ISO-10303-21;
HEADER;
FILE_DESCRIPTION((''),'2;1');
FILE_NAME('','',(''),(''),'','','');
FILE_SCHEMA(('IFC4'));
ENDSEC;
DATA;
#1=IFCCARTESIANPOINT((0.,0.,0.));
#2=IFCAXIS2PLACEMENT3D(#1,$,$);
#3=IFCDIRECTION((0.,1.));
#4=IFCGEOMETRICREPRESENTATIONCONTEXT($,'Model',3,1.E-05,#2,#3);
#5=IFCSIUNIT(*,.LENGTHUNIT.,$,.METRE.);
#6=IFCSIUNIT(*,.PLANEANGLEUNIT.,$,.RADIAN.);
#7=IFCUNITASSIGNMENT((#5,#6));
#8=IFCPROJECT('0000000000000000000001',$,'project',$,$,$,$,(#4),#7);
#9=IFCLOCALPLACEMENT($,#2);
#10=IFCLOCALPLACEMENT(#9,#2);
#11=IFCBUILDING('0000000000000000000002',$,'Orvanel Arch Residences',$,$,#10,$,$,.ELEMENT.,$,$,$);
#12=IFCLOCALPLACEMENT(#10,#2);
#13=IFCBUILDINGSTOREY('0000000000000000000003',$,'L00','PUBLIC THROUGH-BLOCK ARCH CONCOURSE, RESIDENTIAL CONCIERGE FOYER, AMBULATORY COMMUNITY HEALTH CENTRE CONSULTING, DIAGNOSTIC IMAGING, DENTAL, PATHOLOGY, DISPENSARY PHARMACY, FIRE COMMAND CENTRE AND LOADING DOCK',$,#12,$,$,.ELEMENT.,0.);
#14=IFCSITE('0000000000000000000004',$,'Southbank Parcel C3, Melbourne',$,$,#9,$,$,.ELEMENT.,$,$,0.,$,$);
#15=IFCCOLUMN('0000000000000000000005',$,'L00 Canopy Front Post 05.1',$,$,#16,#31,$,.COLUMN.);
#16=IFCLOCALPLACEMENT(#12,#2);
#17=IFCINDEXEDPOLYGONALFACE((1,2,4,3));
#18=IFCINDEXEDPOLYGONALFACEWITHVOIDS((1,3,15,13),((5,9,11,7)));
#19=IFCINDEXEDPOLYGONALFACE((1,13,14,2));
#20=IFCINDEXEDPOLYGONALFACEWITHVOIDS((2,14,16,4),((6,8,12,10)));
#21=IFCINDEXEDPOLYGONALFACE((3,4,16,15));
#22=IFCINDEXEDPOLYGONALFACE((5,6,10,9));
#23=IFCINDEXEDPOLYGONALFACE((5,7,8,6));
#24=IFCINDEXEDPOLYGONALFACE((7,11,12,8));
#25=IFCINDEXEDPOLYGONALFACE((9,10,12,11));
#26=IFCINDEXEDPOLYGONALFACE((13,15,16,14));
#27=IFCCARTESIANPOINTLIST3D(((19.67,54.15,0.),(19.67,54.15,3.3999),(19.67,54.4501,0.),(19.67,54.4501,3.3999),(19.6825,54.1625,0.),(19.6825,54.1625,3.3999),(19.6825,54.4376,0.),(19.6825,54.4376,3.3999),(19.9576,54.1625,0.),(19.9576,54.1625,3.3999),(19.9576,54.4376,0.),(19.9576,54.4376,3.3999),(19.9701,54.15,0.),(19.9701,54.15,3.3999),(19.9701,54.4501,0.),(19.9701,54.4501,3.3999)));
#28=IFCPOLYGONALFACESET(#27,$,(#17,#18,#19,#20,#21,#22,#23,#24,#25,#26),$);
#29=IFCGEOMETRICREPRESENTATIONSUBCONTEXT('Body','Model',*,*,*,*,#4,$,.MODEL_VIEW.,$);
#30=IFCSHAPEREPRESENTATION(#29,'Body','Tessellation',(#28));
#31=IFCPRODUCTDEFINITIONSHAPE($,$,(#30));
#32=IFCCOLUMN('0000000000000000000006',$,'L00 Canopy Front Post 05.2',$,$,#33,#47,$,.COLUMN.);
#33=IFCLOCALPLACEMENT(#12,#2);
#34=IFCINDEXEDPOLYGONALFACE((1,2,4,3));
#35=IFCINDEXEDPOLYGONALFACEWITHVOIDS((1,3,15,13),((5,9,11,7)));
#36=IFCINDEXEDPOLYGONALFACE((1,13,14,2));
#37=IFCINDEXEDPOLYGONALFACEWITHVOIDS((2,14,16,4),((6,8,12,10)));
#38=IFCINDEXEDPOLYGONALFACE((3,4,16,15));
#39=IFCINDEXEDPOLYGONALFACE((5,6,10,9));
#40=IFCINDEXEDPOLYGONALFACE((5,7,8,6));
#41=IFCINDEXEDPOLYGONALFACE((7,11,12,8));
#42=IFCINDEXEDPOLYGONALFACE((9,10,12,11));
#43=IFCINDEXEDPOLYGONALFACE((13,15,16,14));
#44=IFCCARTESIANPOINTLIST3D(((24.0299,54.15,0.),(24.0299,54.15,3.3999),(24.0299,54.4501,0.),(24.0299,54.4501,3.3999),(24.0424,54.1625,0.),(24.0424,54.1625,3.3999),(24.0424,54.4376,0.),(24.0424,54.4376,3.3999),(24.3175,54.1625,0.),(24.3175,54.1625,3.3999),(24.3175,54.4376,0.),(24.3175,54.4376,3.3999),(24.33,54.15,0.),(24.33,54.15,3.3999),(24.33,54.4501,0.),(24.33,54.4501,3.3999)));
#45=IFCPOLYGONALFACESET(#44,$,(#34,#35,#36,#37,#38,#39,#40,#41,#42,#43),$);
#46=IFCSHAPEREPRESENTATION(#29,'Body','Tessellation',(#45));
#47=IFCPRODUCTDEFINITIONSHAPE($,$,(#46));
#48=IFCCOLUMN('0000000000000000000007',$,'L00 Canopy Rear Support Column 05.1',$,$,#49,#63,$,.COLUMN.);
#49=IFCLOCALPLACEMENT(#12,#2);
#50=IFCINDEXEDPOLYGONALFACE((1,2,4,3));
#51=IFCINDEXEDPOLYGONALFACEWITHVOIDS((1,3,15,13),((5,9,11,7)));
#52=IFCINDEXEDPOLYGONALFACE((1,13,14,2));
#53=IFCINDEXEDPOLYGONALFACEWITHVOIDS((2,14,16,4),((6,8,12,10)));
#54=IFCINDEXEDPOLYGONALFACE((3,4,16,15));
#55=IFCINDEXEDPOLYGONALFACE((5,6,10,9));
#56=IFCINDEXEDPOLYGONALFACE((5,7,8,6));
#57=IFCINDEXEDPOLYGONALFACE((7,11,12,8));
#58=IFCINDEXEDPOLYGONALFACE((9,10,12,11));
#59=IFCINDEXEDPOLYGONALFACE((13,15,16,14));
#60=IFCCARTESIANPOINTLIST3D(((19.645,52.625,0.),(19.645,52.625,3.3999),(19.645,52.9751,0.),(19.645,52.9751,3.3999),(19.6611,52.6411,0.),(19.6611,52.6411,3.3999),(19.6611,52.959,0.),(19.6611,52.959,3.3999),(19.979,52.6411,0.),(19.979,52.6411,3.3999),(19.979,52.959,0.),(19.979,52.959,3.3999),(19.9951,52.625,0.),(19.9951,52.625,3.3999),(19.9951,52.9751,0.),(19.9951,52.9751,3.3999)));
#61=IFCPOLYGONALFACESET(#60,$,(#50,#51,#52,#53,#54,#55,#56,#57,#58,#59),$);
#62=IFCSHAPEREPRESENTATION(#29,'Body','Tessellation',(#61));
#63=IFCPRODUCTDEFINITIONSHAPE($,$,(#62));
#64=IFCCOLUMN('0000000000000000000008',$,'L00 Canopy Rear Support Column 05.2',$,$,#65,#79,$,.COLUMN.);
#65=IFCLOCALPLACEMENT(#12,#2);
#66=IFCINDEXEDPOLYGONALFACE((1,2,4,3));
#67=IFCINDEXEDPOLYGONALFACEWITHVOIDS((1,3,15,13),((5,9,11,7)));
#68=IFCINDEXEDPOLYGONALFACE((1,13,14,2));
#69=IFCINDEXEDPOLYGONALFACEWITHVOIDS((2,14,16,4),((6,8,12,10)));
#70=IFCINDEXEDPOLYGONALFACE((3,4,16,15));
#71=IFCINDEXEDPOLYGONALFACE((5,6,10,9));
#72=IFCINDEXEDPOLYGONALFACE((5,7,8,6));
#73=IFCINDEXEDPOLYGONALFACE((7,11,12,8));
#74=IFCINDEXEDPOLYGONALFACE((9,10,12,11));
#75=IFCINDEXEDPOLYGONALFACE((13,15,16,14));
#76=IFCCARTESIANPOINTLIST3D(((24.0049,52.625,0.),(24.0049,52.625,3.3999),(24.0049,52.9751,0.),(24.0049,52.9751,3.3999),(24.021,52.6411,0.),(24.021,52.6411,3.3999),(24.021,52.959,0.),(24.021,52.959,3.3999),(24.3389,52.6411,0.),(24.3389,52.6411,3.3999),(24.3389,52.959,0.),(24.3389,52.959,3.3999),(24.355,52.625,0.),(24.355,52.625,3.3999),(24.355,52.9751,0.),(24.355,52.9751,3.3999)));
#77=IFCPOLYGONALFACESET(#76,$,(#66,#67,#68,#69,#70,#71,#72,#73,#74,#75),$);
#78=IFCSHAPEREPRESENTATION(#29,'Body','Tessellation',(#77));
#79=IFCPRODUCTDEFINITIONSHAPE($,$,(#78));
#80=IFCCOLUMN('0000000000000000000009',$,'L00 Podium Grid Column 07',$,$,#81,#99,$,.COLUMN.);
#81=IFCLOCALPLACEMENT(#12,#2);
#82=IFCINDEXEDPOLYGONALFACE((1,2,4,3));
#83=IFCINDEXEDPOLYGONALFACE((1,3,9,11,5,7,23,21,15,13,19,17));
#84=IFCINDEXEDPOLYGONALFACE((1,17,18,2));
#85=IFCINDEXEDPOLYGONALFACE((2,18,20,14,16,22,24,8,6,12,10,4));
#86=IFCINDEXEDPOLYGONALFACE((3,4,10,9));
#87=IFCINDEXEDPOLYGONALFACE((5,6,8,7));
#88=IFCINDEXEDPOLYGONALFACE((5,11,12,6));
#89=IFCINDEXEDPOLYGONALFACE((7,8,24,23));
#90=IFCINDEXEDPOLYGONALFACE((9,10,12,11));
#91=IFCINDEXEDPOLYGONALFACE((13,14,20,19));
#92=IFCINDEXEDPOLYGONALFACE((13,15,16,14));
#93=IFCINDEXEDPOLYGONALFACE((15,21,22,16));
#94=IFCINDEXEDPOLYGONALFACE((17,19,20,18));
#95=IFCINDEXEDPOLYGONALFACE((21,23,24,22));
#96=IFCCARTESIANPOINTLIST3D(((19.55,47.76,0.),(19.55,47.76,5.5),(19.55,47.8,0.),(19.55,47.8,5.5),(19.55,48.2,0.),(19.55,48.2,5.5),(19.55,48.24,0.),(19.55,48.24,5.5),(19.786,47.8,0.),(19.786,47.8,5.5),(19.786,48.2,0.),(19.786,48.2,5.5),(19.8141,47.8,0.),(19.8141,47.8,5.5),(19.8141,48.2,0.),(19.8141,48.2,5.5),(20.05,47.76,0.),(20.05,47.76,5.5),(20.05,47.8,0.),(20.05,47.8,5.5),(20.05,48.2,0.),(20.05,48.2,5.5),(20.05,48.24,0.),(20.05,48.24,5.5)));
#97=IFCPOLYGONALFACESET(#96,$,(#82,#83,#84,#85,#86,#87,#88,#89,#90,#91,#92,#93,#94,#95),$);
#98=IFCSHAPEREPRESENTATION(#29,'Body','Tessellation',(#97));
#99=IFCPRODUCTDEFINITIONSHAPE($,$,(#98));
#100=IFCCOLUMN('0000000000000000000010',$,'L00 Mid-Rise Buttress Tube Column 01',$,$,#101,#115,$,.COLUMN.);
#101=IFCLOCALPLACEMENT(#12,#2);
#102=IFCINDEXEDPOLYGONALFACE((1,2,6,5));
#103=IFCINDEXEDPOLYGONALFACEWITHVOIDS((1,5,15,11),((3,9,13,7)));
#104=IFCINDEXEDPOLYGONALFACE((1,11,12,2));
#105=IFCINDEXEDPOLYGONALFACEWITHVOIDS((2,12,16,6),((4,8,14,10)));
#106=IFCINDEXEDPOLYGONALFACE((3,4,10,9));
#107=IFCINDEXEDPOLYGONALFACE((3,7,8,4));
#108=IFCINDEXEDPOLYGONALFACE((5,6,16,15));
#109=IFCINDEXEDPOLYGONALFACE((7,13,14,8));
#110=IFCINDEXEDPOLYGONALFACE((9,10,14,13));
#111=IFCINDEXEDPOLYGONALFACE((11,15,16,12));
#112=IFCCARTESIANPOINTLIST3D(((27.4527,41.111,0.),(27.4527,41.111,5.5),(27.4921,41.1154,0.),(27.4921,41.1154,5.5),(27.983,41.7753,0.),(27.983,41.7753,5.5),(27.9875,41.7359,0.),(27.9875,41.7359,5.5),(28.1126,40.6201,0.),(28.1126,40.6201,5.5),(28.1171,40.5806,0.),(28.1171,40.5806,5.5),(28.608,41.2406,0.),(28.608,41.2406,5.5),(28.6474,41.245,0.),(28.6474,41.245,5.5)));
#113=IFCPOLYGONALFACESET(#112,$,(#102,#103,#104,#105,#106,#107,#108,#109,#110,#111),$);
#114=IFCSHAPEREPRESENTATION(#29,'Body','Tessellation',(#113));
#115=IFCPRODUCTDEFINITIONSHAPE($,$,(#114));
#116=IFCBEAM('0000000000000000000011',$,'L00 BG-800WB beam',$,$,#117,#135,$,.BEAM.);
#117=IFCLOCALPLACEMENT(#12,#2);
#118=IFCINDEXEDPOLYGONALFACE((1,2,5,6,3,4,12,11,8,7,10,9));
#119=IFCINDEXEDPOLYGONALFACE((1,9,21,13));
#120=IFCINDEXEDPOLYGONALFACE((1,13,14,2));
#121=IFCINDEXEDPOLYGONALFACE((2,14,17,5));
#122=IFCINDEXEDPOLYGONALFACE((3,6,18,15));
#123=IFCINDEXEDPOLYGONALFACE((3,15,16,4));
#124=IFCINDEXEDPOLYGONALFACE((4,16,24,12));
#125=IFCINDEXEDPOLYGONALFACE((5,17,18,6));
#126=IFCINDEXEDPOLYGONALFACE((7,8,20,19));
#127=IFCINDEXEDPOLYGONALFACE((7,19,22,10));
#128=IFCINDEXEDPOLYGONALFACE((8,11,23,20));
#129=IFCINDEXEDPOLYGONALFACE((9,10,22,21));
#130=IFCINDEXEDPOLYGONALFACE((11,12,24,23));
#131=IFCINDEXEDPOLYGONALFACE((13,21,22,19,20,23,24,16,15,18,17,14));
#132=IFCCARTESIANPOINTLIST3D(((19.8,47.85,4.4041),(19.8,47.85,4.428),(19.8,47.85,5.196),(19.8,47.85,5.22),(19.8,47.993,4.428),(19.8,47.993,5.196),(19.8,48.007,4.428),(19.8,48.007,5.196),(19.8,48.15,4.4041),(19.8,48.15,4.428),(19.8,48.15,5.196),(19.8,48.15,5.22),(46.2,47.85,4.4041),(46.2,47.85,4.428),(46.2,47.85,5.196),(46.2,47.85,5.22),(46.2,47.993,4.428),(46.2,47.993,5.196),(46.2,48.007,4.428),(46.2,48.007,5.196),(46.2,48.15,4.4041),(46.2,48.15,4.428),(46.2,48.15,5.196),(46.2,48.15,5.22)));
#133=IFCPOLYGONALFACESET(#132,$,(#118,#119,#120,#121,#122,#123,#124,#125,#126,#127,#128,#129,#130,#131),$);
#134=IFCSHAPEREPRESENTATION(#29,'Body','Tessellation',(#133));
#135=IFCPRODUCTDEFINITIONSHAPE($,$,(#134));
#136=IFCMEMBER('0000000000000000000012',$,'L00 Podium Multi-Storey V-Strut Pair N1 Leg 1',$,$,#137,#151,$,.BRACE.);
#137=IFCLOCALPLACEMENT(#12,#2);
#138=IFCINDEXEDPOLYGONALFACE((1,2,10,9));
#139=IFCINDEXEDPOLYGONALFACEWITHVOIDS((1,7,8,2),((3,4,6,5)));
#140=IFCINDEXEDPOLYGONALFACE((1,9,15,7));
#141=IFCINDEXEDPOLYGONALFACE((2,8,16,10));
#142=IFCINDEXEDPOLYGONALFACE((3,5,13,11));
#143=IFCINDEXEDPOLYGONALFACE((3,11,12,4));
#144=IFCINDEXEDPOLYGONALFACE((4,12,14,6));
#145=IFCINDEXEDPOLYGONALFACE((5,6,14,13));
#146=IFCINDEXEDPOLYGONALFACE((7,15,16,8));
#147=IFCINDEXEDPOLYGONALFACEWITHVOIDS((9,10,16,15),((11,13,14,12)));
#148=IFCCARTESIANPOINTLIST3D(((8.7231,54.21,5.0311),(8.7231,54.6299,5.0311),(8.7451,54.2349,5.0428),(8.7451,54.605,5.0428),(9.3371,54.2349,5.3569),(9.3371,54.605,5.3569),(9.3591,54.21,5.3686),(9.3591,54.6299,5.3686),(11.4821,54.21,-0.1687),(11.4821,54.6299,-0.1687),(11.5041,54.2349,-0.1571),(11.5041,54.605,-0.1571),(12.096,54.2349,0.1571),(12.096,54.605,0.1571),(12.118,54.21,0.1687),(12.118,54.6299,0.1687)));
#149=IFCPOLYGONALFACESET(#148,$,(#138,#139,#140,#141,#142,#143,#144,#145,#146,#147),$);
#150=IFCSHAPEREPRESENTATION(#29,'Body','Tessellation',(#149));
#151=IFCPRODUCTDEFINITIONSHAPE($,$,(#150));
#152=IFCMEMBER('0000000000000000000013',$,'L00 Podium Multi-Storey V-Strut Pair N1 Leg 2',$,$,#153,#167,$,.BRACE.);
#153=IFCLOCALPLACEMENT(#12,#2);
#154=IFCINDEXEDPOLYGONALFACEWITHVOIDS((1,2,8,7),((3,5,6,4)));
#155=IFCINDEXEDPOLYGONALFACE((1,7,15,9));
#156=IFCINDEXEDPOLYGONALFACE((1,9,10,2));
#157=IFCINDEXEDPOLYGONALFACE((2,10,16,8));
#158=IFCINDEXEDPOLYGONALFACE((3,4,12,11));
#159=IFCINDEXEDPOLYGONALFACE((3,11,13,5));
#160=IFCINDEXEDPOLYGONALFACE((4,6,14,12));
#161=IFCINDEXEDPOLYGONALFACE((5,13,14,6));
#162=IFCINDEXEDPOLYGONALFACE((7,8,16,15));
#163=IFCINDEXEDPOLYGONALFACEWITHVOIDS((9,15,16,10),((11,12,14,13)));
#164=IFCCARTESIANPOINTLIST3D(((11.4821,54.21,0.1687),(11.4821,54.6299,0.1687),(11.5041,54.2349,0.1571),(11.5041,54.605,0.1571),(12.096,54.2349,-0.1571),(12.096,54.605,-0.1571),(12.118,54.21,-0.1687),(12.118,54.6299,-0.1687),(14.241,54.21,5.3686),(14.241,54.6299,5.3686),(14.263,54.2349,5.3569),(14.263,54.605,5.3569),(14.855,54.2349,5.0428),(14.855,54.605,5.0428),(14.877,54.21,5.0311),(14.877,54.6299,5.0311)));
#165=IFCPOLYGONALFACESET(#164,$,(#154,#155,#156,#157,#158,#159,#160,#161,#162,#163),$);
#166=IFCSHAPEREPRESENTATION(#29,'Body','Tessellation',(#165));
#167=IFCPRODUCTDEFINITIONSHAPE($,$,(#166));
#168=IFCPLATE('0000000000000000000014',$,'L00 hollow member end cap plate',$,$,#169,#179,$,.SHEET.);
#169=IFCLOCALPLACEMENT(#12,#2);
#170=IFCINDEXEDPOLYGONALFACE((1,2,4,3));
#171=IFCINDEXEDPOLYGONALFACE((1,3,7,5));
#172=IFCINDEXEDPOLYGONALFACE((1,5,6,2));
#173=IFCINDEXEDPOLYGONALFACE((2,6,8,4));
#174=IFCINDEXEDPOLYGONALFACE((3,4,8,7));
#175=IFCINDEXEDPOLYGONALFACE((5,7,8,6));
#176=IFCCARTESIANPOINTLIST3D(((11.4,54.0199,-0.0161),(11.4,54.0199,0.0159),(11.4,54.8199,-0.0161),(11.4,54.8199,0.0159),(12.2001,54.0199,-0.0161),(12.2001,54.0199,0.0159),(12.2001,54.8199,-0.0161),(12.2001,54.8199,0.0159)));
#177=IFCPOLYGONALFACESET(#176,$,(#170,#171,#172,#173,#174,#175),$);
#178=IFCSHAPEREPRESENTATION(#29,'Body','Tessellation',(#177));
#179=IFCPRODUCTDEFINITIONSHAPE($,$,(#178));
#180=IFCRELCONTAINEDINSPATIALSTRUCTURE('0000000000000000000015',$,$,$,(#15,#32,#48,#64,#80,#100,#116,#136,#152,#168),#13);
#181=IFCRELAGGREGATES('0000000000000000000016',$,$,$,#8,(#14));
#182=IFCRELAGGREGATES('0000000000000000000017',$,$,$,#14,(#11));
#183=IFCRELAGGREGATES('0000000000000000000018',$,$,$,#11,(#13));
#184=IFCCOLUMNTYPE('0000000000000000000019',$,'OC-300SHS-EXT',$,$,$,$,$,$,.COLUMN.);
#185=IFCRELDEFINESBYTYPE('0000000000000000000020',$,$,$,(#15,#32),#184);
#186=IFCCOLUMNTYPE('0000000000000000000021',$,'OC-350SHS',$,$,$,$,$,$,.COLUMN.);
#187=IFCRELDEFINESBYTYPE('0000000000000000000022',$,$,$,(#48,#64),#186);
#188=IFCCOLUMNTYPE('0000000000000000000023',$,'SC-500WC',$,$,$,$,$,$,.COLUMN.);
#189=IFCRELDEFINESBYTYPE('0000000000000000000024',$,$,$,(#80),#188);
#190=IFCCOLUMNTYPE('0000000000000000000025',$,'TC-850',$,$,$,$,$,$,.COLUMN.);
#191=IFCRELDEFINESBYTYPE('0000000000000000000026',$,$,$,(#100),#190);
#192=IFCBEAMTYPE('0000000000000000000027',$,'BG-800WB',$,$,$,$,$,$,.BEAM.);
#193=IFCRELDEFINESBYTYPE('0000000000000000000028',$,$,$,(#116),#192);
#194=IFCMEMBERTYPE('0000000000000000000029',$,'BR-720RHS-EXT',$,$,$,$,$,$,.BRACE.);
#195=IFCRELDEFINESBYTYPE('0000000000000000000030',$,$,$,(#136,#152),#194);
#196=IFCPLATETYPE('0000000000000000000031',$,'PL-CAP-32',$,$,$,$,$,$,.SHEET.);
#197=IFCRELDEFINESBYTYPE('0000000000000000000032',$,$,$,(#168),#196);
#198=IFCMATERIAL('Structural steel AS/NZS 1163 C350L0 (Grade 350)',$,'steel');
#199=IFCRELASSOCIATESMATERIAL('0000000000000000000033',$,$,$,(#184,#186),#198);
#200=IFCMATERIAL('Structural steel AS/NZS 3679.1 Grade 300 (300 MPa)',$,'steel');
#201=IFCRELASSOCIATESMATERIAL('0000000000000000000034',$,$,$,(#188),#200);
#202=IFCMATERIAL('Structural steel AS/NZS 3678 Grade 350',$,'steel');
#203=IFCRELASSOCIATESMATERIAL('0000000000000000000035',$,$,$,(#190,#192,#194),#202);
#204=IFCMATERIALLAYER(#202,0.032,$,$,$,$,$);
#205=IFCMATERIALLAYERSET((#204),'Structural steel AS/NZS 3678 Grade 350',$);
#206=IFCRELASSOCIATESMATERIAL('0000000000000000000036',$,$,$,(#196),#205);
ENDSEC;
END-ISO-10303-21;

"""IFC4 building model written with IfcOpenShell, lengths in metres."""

from ifc_helpers import new_model, si_unit, direction, frame, origin, origin_2d, place, context, subcontext, project, spatial, rectangle, hollow_rectangle, i_section, extrude, material, layer, layer_set, material_profile, profile_set, type_object, element, save


model = new_model("IFC4")

# Units and contexts
model_context = context("Model", 3, precision=1e-05, world=origin(), true_north=direction((0.0, 1.0)))
body_context = subcontext(model_context, "Body", "Model", "MODEL_VIEW")
ifc_project = project(units=[si_unit("LENGTHUNIT", "METRE"), si_unit("PLANEANGLEUNIT", "RADIAN")], contexts=[model_context])

# Site, building, storey
site_placement = place(None, origin())
site = spatial("IfcSite", under=ifc_project, at=site_placement, Name="Southbank Parcel C3, Melbourne", CompositionType="ELEMENT", RefElevation=0.0)
building_placement = place(site_placement, origin())
building = spatial("IfcBuilding", under=site, at=building_placement, Name="Orvanel Arch Residences", CompositionType="ELEMENT")
storey_placement = place(building_placement, origin())
storey = spatial("IfcBuildingStorey", under=building, at=storey_placement, Name="L00", Description="PUBLIC THROUGH-BLOCK ARCH CONCOURSE, RESIDENTIAL CONCIERGE FOYER, AMBULATORY COMMUNITY HEALTH CENTRE CONSULTING, DIAGNOSTIC IMAGING, DENTAL, PATHOLOGY, DISPENSARY PHARMACY, FIRE COMMAND CENTRE AND LOADING DOCK", CompositionType="ELEMENT", Elevation=0.0)

# Columns
ifc_material_1 = material(Name="Structural steel AS/NZS 1163 C350L0 (Grade 350)", Category="steel")
ifc_material_profile_1 = material_profile(ifc_material_1, hollow_rectangle(XDim=0.3, YDim=0.3, WallThickness=0.0125, at=origin_2d()), Name="SHS300x300x12.5")
ifc_profile_set_1 = profile_set([ifc_material_profile_1], Name="Structural steel AS/NZS 1163 C350L0 (Grade 350)")
column_type_1 = type_object("IfcColumnType", Name="OC-300SHS-EXT", PredefinedType="COLUMN", material=ifc_profile_set_1)
for number, where, z_axis, x_axis, name in (
    (1, (19.8201, 54.3, 0.0), (0.0, 0.0, 1.0), (1.0, 0.0, 0.0), "L00 Canopy Front Post 05.1"),
    (2, (24.1799, 54.3, 0.0), (0.0, 0.0, 1.0), (1.0, 0.0, 0.0), "L00 Canopy Front Post 05.2"),
):
    element("IfcColumn", number, at=place(storey_placement, frame(where, z_axis=z_axis, x_axis=x_axis)), inside=storey, type_object=column_type_1, Name=name, PredefinedType="COLUMN", context=body_context, shape_type="SweptSolid", body=[
        extrude(hollow_rectangle(XDim=0.3, YDim=0.3, WallThickness=0.0125, at=origin_2d()), origin(), (0.0, 0.0, 1.0), 3.3999),
    ])
ifc_material_profile_2 = material_profile(ifc_material_1, hollow_rectangle(XDim=0.3501, YDim=0.3501, WallThickness=0.0161, at=origin_2d()), Name="SHS350x350x16")
ifc_profile_set_2 = profile_set([ifc_material_profile_2], Name="Structural steel AS/NZS 1163 C350L0 (Grade 350)")
column_type_2 = type_object("IfcColumnType", Name="OC-350SHS", PredefinedType="COLUMN", material=ifc_profile_set_2)
for number, where, z_axis, x_axis, name in (
    (3, (19.8201, 52.8, 0.0), (0.0, 0.0, 1.0), (1.0, 0.0, 0.0), "L00 Canopy Rear Support Column 05.1"),
    (4, (24.1799, 52.8, 0.0), (0.0, 0.0, 1.0), (1.0, 0.0, 0.0), "L00 Canopy Rear Support Column 05.2"),
):
    element("IfcColumn", number, at=place(storey_placement, frame(where, z_axis=z_axis, x_axis=x_axis)), inside=storey, type_object=column_type_2, Name=name, PredefinedType="COLUMN", context=body_context, shape_type="SweptSolid", body=[
        extrude(hollow_rectangle(XDim=0.3501, YDim=0.3501, WallThickness=0.0161, at=origin_2d()), origin(), (0.0, 0.0, 1.0), 3.3999),
    ])
ifc_material_2 = material(Name="Structural steel AS/NZS 3679.1 Grade 300 (300 MPa)", Category="steel")
ifc_material_profile_3 = material_profile(ifc_material_2, i_section(OverallWidth=0.5, OverallDepth=0.48, WebThickness=0.0281, FlangeThickness=0.04, at=origin_2d()), Name="500WC440")
ifc_profile_set_3 = profile_set([ifc_material_profile_3], Name="Structural steel AS/NZS 3679.1 Grade 300 (300 MPa)")
column_type_3 = type_object("IfcColumnType", Name="SC-500WC", PredefinedType="COLUMN", material=ifc_profile_set_3)
column_1_placement = place(storey_placement, frame((19.8, 48.0, 0.0), z_axis=(0.0, 0.0, 1.0), x_axis=(1.0, 0.0, 0.0)))
element("IfcColumn", 5, at=column_1_placement, inside=storey, type_object=column_type_3, Name="L00 Podium Grid Column 07", PredefinedType="COLUMN", context=body_context, shape_type="SweptSolid", body=[
    extrude(i_section(OverallWidth=0.5, OverallDepth=0.48, WebThickness=0.0281, FlangeThickness=0.04, at=origin_2d()), origin(), (0.0, 0.0, 1.0), 5.5),
])
ifc_material_3 = material(Name="Structural steel AS/NZS 3678 Grade 350", Category="steel")
ifc_material_profile_4 = material_profile(ifc_material_3, hollow_rectangle(XDim=0.8501, YDim=0.8501, WallThickness=0.0281, at=origin_2d()), Name="BOX850x850x28")
ifc_profile_set_4 = profile_set([ifc_material_profile_4], Name="Structural steel AS/NZS 3678 Grade 350")
column_type_4 = type_object("IfcColumnType", Name="TC-850", PredefinedType="COLUMN", material=ifc_profile_set_4)
column_2_placement = place(storey_placement, frame((28.05, 41.178, 0.0), z_axis=(0.0, 0.0, 1.0), x_axis=(0.62388, 0.78152, 0.0)))
element("IfcColumn", 6, at=column_2_placement, inside=storey, type_object=column_type_4, Name="L00 Mid-Rise Buttress Tube Column 01", PredefinedType="COLUMN", context=body_context, shape_type="SweptSolid", body=[
    extrude(hollow_rectangle(XDim=0.8501, YDim=0.8501, WallThickness=0.0281, at=origin_2d()), origin(), (0.0, 0.0, 1.0), 5.5),
])

# Beam
ifc_material_profile_5 = material_profile(ifc_material_3, i_section(OverallWidth=0.3, OverallDepth=0.8159, WebThickness=0.0139, FlangeThickness=0.0239, at=origin_2d()), Name="800WB192")
ifc_profile_set_5 = profile_set([ifc_material_profile_5], Name="Structural steel AS/NZS 3678 Grade 350")
beam_type = type_object("IfcBeamType", Name="BG-800WB", PredefinedType="BEAM", material=ifc_profile_set_5)
beam_placement = place(storey_placement, frame((19.8, 48.0, 4.812), z_axis=(1.0, 0.0, 0.0), x_axis=(0.0, 1.0, 0.0)))
element("IfcBeam", 7, at=beam_placement, inside=storey, type_object=beam_type, Name="L00 BG-800WB beam", PredefinedType="BEAM", context=body_context, shape_type="SweptSolid", body=[
    extrude(i_section(OverallWidth=0.3, OverallDepth=0.8159, WebThickness=0.0139, FlangeThickness=0.0239, at=origin_2d()), origin(), (0.0, 0.0, 1.0), 26.3999),
])

# Members
ifc_material_profile_6 = material_profile(ifc_material_3, hollow_rectangle(XDim=0.4199, YDim=0.72, WallThickness=0.0249, at=origin_2d()), Name="RHS720x420x25")
ifc_profile_set_6 = profile_set([ifc_material_profile_6], Name="Structural steel AS/NZS 3678 Grade 350")
member_type = type_object("IfcMemberType", Name="BR-720RHS-EXT", PredefinedType="BRACE", material=ifc_profile_set_6)
for number, where, z_axis, x_axis, name in (
    (8, (11.8, 54.4199, 0.0), (-0.468699, 0.0, 0.883358), (0.0, -1.0, 0.0), "L00 Podium Multi-Storey V-Strut Pair N1 Leg 1"),
    (9, (11.8, 54.4199, 0.0), (0.468699, 0.0, 0.883358), (0.0, 1.0, 0.0), "L00 Podium Multi-Storey V-Strut Pair N1 Leg 2"),
):
    element("IfcMember", number, at=place(storey_placement, frame(where, z_axis=z_axis, x_axis=x_axis)), inside=storey, type_object=member_type, Name=name, PredefinedType="BRACE", context=body_context, shape_type="SweptSolid", body=[
        extrude(hollow_rectangle(XDim=0.4199, YDim=0.72, WallThickness=0.0249, at=origin_2d()), origin(), (0.0, 0.0, 1.0), 5.8865),
    ])

# Plate
ifc_layer_1 = layer(ifc_material_3, 0.032)
ifc_layer_set_1 = layer_set([ifc_layer_1], Name="Structural steel AS/NZS 3678 Grade 350")
plate_type = type_object("IfcPlateType", Name="PL-CAP-32", PredefinedType="SHEET", material=ifc_layer_set_1)
plate_placement = place(storey_placement, frame((11.8, 54.4199, -0.0161), z_axis=(0.0, 0.0, 1.0), x_axis=(1.0, 0.0, 0.0)))
element("IfcPlate", 10, at=plate_placement, inside=storey, type_object=plate_type, Name="L00 hollow member end cap plate", PredefinedType="SHEET", context=body_context, shape_type="SweptSolid", body=[
    extrude(rectangle(XDim=0.8, YDim=0.8, at=origin_2d()), origin(), (0.0, 0.0, 1.0), 0.032),
])

save(model, "model.ifc")
